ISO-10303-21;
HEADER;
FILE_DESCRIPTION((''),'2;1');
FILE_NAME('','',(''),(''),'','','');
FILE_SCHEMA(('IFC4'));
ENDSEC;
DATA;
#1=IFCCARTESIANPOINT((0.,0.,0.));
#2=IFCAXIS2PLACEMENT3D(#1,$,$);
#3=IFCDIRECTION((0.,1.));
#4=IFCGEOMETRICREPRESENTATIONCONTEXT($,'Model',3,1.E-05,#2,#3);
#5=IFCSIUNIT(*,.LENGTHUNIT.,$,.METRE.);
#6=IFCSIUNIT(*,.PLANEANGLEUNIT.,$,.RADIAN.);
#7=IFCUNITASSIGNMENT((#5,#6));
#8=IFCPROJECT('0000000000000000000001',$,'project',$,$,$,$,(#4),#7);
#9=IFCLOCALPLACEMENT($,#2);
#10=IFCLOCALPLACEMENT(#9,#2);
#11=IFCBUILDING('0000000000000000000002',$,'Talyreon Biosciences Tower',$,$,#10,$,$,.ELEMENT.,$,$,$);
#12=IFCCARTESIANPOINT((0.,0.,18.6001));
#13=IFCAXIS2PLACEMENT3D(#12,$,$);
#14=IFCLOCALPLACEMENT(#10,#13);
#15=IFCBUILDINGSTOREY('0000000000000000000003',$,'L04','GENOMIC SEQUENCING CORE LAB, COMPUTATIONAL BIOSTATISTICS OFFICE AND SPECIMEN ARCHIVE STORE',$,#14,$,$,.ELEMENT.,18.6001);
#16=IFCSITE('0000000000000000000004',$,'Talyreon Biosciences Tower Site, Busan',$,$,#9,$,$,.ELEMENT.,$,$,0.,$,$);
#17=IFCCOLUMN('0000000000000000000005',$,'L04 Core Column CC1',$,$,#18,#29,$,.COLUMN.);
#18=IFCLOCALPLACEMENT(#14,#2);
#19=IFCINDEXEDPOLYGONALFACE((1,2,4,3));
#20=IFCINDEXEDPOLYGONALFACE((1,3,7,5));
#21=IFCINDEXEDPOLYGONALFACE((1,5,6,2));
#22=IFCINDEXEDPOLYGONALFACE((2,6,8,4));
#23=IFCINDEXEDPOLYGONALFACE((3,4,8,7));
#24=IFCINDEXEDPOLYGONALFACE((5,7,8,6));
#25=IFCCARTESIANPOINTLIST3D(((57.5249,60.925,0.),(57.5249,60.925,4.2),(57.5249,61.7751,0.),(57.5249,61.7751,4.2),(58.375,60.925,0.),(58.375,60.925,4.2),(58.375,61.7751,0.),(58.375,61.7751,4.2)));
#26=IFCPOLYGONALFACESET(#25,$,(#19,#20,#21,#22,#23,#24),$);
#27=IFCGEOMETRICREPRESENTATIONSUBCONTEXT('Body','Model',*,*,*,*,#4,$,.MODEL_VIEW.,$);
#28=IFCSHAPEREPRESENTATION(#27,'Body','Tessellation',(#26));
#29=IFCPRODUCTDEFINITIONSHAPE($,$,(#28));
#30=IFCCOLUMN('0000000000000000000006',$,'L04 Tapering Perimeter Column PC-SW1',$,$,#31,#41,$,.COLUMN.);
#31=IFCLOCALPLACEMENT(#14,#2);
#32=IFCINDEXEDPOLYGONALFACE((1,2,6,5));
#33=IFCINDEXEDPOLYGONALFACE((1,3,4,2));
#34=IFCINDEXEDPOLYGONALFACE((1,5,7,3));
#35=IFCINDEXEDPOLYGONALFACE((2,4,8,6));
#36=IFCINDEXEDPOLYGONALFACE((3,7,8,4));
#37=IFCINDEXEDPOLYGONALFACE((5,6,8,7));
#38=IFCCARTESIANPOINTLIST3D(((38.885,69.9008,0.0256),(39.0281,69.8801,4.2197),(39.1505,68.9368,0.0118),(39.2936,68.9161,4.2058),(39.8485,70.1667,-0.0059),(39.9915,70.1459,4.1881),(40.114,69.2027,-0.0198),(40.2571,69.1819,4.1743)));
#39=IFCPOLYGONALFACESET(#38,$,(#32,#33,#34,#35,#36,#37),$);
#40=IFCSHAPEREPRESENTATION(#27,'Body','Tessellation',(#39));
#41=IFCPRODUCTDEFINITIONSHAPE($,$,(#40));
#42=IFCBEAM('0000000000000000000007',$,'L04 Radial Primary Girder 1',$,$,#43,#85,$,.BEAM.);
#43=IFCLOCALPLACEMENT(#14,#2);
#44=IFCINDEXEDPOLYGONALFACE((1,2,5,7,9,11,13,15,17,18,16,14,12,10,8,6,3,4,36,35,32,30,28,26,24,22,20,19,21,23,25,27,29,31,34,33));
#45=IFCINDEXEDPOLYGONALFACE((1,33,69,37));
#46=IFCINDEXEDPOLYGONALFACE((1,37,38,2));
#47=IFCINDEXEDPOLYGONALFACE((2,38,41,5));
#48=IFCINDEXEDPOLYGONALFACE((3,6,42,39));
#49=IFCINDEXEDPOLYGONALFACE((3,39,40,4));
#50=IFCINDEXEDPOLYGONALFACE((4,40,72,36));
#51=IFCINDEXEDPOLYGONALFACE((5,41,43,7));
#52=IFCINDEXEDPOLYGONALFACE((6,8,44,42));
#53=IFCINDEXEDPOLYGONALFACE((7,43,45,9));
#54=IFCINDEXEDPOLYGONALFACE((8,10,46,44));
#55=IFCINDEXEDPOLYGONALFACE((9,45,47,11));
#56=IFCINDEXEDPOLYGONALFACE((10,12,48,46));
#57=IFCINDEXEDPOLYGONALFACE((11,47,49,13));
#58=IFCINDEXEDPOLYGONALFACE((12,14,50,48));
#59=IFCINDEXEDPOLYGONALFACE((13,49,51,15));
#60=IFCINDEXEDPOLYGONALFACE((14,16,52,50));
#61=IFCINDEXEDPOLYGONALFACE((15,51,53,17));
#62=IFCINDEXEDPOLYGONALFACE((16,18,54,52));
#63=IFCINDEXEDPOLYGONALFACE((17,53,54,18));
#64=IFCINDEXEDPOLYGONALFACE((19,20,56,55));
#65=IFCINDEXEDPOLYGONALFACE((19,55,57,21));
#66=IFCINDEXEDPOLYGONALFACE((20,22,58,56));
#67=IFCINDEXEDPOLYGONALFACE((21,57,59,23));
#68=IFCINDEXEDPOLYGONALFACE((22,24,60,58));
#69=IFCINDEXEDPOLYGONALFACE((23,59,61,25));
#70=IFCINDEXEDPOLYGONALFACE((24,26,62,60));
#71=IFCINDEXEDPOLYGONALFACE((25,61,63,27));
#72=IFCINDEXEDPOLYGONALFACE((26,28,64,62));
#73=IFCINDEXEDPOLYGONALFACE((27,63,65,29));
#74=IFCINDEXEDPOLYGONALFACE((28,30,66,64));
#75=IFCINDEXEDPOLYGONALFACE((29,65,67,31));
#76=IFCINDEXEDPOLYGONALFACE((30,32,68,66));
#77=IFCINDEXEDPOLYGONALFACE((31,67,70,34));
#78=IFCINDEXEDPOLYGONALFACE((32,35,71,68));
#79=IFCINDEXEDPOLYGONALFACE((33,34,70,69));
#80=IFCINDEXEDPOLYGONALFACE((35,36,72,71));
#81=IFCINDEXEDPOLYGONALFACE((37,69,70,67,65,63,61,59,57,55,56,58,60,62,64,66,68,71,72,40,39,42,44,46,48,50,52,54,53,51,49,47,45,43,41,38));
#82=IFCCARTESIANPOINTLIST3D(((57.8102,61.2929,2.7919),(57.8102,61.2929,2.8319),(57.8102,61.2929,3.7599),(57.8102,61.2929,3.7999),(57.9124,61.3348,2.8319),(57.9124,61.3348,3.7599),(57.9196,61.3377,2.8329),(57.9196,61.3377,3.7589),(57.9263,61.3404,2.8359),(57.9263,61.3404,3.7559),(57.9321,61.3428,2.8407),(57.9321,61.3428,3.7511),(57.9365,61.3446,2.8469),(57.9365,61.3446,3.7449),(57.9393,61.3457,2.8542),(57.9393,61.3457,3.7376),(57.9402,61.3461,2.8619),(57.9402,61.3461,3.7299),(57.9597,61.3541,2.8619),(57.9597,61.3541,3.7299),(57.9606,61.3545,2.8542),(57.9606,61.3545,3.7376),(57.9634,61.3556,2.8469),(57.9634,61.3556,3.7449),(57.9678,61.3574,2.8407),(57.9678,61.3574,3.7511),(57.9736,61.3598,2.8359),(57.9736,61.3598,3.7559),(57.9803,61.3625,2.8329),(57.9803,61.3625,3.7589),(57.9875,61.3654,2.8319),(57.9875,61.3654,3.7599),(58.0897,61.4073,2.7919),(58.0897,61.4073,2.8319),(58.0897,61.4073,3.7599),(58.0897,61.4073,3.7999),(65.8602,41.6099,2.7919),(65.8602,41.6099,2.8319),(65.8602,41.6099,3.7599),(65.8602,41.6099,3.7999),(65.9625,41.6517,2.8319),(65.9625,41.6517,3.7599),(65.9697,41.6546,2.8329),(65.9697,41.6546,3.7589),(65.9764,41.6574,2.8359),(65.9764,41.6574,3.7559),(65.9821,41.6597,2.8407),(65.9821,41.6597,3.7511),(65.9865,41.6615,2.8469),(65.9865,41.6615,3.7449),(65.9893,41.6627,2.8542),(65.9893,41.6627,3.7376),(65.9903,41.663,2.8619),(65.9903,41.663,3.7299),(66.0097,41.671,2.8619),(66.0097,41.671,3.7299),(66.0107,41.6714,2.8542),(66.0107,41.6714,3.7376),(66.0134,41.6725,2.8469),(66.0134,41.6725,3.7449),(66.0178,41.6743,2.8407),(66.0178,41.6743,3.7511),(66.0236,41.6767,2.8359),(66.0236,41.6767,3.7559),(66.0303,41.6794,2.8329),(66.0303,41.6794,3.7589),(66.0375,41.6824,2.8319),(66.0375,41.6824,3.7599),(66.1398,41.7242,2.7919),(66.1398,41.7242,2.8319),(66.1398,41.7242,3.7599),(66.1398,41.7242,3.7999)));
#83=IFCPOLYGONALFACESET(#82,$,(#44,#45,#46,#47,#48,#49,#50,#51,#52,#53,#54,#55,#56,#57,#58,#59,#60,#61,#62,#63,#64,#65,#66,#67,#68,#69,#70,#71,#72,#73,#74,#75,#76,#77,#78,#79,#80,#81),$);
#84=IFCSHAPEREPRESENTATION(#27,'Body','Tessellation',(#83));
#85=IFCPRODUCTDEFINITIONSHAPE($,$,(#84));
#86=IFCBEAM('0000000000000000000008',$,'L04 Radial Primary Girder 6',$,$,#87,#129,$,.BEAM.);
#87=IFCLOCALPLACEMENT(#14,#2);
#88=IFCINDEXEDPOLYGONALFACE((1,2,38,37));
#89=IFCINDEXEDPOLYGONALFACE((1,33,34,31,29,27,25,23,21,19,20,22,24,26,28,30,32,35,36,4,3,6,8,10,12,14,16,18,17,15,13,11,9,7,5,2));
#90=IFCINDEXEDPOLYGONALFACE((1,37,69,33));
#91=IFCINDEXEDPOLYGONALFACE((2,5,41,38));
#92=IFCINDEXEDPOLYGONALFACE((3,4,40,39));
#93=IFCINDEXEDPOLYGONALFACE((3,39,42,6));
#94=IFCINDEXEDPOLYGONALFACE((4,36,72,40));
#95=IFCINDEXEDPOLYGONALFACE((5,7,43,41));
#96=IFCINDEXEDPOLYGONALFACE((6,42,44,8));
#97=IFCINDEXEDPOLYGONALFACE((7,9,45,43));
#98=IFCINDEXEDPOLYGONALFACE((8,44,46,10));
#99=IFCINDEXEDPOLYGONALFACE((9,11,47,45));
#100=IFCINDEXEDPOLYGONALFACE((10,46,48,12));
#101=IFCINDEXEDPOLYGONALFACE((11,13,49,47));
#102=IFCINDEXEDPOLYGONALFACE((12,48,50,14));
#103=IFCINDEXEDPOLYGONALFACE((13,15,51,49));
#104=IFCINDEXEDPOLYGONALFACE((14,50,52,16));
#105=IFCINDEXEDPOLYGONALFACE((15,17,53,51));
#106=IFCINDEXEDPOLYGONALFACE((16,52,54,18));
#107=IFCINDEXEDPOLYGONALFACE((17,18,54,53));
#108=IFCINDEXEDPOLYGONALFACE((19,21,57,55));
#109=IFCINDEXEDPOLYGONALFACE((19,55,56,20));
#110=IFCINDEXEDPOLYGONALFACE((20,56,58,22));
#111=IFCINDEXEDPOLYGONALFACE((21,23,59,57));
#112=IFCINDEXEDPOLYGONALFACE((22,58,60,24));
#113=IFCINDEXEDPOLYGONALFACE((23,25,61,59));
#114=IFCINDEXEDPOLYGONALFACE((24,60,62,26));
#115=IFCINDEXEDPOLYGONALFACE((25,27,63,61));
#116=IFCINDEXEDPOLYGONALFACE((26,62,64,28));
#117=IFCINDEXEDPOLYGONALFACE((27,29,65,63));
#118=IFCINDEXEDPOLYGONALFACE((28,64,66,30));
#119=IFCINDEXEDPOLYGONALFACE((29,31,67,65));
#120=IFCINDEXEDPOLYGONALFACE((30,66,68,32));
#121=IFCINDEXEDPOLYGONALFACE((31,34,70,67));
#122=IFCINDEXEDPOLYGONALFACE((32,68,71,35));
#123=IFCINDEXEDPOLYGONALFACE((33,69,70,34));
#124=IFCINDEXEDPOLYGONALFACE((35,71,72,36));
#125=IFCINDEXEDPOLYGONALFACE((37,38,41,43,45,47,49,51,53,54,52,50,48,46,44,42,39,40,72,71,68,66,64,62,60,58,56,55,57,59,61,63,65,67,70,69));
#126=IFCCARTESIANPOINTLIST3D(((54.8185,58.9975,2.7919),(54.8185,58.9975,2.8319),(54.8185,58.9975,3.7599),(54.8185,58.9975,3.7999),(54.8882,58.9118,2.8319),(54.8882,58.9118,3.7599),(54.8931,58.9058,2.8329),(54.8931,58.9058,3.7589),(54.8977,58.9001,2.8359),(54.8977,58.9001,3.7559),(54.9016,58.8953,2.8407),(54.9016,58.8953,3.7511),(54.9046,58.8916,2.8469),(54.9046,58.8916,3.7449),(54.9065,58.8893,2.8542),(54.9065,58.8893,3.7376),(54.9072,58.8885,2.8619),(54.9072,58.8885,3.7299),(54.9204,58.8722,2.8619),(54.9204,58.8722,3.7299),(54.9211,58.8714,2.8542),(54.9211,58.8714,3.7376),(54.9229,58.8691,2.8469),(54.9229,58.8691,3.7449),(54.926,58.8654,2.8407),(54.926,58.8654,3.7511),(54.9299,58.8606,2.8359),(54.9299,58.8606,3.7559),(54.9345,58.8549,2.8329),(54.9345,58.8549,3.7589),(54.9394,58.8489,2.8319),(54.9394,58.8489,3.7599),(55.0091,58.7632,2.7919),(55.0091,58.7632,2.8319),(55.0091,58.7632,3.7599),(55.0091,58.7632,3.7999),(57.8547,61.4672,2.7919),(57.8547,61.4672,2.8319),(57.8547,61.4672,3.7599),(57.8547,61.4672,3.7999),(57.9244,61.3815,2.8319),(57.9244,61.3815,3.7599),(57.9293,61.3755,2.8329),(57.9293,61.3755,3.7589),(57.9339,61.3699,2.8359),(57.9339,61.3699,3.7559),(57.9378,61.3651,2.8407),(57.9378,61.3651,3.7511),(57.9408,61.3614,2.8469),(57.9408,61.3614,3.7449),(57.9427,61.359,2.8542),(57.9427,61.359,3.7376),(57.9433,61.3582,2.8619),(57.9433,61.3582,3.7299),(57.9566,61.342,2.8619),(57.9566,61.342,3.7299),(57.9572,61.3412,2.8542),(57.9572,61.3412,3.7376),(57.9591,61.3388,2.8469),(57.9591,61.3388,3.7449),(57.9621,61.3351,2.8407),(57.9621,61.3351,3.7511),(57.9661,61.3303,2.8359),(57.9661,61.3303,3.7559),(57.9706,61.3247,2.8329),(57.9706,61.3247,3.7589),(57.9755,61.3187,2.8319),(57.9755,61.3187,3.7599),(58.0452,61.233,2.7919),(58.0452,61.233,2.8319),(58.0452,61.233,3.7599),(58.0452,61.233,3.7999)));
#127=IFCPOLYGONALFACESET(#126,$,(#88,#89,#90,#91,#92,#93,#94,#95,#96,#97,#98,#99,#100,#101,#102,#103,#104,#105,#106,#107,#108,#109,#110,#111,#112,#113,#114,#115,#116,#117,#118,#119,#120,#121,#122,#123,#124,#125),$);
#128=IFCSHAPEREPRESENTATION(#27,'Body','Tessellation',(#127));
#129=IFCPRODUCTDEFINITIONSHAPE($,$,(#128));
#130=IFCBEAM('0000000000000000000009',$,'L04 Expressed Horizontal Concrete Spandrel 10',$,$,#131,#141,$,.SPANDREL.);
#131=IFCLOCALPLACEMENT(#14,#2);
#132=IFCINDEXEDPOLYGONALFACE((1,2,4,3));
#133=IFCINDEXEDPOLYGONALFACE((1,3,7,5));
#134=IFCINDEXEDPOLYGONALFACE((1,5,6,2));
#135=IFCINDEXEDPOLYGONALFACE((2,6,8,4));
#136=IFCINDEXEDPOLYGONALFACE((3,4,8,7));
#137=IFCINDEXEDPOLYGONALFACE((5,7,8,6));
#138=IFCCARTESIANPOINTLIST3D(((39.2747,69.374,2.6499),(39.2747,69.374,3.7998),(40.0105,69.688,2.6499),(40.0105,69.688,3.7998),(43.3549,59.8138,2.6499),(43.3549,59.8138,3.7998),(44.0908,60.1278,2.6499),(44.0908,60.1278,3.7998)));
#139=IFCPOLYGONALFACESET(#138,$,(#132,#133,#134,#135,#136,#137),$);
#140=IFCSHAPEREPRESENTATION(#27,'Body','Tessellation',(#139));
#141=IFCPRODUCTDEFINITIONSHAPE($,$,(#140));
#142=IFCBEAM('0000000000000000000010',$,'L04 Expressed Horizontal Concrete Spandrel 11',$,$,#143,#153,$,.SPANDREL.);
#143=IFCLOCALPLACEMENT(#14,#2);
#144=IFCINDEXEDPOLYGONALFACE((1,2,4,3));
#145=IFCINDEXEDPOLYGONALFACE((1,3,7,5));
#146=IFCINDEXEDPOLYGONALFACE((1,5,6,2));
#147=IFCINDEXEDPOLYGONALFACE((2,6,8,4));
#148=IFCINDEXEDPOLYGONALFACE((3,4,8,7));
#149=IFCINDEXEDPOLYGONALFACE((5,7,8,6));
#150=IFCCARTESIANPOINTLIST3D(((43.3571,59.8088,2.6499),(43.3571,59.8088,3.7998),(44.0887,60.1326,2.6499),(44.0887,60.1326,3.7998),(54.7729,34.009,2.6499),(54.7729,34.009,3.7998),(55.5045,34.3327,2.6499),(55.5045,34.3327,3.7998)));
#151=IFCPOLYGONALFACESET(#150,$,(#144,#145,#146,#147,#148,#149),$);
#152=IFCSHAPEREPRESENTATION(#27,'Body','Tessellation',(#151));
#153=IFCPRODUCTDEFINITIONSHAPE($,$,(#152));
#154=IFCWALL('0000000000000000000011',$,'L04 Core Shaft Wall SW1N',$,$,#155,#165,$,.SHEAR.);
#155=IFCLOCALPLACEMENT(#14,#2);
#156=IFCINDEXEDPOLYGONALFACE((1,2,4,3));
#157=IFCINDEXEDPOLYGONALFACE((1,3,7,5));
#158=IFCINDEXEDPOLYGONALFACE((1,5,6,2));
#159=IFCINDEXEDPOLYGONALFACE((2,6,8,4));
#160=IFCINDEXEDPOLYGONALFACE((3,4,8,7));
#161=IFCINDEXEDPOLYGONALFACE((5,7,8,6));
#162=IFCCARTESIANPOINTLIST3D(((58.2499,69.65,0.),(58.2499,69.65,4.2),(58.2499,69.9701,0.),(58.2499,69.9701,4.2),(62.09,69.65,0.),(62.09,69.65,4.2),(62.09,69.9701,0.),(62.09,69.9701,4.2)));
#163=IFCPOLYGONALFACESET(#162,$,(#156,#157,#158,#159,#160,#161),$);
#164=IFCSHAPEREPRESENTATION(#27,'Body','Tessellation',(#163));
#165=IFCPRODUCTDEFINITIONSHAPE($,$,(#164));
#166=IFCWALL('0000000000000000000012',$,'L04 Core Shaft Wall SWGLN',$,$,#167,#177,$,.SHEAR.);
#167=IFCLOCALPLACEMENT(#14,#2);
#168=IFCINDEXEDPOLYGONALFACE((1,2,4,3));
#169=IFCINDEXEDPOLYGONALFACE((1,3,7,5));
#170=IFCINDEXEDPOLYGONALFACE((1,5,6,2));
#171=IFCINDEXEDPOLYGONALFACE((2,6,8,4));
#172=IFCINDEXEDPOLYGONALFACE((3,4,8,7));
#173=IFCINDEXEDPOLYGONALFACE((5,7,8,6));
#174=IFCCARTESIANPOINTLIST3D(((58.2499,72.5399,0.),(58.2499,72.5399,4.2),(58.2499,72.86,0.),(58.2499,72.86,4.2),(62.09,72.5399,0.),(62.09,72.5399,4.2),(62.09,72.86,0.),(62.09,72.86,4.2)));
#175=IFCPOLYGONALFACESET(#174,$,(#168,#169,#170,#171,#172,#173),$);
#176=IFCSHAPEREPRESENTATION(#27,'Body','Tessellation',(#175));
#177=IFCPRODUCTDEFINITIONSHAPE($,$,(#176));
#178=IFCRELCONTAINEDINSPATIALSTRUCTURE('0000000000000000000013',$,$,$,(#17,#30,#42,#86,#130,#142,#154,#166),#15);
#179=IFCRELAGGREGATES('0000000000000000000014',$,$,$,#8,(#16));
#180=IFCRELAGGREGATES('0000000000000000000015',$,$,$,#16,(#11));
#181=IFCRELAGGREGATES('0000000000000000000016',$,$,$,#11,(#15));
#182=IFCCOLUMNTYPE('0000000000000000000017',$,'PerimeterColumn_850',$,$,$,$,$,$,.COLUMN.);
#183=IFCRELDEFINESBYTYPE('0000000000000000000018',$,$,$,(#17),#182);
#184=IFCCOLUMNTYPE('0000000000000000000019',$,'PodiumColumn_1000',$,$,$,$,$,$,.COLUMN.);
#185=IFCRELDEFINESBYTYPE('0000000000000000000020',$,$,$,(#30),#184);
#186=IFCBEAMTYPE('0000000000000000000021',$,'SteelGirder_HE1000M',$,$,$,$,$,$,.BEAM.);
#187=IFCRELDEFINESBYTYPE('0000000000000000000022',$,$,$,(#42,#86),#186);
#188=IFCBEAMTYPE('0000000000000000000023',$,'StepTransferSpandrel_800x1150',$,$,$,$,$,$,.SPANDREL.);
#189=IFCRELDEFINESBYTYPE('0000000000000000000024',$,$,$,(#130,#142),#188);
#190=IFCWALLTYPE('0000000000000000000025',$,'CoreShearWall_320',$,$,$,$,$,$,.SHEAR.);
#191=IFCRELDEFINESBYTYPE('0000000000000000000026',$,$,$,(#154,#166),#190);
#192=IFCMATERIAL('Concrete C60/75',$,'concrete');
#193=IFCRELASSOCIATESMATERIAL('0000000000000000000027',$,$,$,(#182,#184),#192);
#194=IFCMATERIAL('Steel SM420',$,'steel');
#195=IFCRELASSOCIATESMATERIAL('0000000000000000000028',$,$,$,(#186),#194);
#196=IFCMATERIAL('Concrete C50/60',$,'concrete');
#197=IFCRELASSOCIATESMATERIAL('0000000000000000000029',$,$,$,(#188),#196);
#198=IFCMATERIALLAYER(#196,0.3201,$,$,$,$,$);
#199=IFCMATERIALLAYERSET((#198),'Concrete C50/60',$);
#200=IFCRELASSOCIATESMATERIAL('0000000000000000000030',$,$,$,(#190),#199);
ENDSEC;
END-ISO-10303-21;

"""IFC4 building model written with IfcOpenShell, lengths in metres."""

from ifc_helpers import new_model, si_unit, direction, frame, frame_2d, origin, origin_2d, place, context, subcontext, project, spatial, rectangle, i_section, extrude, material, layer, layer_set, material_profile, profile_set, type_object, element, save


model = new_model("IFC4")

# Units and contexts
model_context = context("Model", 3, precision=1e-05, world=origin(), true_north=direction((0.0, 1.0)))
body_context = subcontext(model_context, "Body", "Model", "MODEL_VIEW")
ifc_project = project(units=[si_unit("LENGTHUNIT", "METRE"), si_unit("PLANEANGLEUNIT", "RADIAN")], contexts=[model_context])

# Site, building, storey
site_placement = place(None, origin())
site = spatial("IfcSite", under=ifc_project, at=site_placement, Name="Talyreon Biosciences Tower Site, Busan", CompositionType="ELEMENT", RefElevation=0.0)
building_placement = place(site_placement, origin())
building = spatial("IfcBuilding", under=site, at=building_placement, Name="Talyreon Biosciences Tower", CompositionType="ELEMENT")
storey_placement = place(building_placement, frame((0.0, 0.0, 18.6001)))
storey = spatial("IfcBuildingStorey", under=building, at=storey_placement, Name="L04", Description="GENOMIC SEQUENCING CORE LAB, COMPUTATIONAL BIOSTATISTICS OFFICE AND SPECIMEN ARCHIVE STORE", CompositionType="ELEMENT", Elevation=18.6001)

# Columns
ifc_material_1 = material(Name="Concrete C60/75", Category="concrete")
ifc_material_profile_1 = material_profile(ifc_material_1, rectangle(XDim=0.8501, YDim=0.8501, at=origin_2d()), Name="RC 850x850")
ifc_profile_set_1 = profile_set([ifc_material_profile_1], Name="Concrete C60/75")
column_type_1 = type_object("IfcColumnType", Name="PerimeterColumn_850", PredefinedType="COLUMN", material=ifc_profile_set_1)
column_1_placement = place(storey_placement, frame((57.95, 61.3501, 0.0), z_axis=(0.0, 0.0, 1.0), x_axis=(1.0, 0.0, 0.0)))
element("IfcColumn", 1, at=column_1_placement, inside=storey, type_object=column_type_1, Name="L04 Core Column CC1", PredefinedType="COLUMN", context=body_context, shape_type="SweptSolid", body=[
    extrude(rectangle(XDim=0.8501, YDim=0.8501, at=origin_2d()), origin(), (0.0, 0.0, 1.0), 4.2),
])
ifc_material_profile_2 = material_profile(ifc_material_1, rectangle(XDim=1.0, YDim=1.0, at=origin_2d()), Name="RC 1000x1000")
ifc_profile_set_2 = profile_set([ifc_material_profile_2], Name="Concrete C60/75")
column_type_2 = type_object("IfcColumnType", Name="PodiumColumn_1000", PredefinedType="COLUMN", material=ifc_profile_set_2)
column_2_placement = place(storey_placement, frame((39.4995, 69.5518, 0.0029), z_axis=(0.034091, -0.004945, 0.999406), x_axis=(0.963494, 0.265865, -0.031551)))
element("IfcColumn", 2, at=column_2_placement, inside=storey, type_object=column_type_2, Name="L04 Tapering Perimeter Column PC-SW1", PredefinedType="COLUMN", context=body_context, shape_type="SweptSolid", body=[
    extrude(rectangle(XDim=1.0, YDim=1.0, at=origin_2d()), origin(), (0.0, 0.0, 1.0), 4.1965),
])

# Beams
ifc_material_2 = material(Name="Steel SM420", Category="steel")
ifc_material_profile_3 = material_profile(ifc_material_2, i_section(OverallWidth=0.302, OverallDepth=1.0081, WebThickness=0.021, FlangeThickness=0.04, FilletRadius=0.03, at=origin_2d()), Name="HE1000M")
ifc_profile_set_3 = profile_set([ifc_material_profile_3], Name="Steel SM420")
beam_type_1 = type_object("IfcBeamType", Name="SteelGirder_HE1000M", PredefinedType="BEAM", material=ifc_profile_set_3)
beam_1_placement = place(storey_placement, frame((57.95, 61.3501, 3.2959), z_axis=(0.378547, -0.925582, 0.0), x_axis=(0.925582, 0.378547, 0.0)))
element("IfcBeam", 3, at=beam_1_placement, inside=storey, type_object=beam_type_1, Name="L04 Radial Primary Girder 1", PredefinedType="BEAM", context=body_context, shape_type="SweptSolid", body=[
    extrude(i_section(OverallWidth=0.302, OverallDepth=1.0081, WebThickness=0.021, FlangeThickness=0.04, FilletRadius=0.03, at=origin_2d()), origin(), (0.0, 0.0, 1.0), 21.2656),
])
beam_2_placement = place(storey_placement, frame((57.95, 61.3501, 3.2959), z_axis=(-0.775755, -0.631034, 0.0), x_axis=(0.631034, -0.775755, 0.0)))
element("IfcBeam", 4, at=beam_2_placement, inside=storey, type_object=beam_type_1, Name="L04 Radial Primary Girder 6", PredefinedType="BEAM", context=body_context, shape_type="SweptSolid", body=[
    extrude(i_section(OverallWidth=0.302, OverallDepth=1.0081, WebThickness=0.021, FlangeThickness=0.04, FilletRadius=0.03, at=origin_2d()), origin(), (0.0, 0.0, 1.0), 3.9138),
])
ifc_material_3 = material(Name="Concrete C50/60", Category="concrete")
ifc_material_profile_4 = material_profile(ifc_material_3, rectangle(XDim=0.8, YDim=1.1499, at=origin_2d()), Name="RCB 800x1150")
ifc_profile_set_4 = profile_set([ifc_material_profile_4], Name="Concrete C50/60")
beam_type_2 = type_object("IfcBeamType", Name="StepTransferSpandrel_800x1150", PredefinedType="SPANDREL", material=ifc_profile_set_4)
beam_3_placement = place(storey_placement, frame((39.6426, 69.531, 3.2249), z_axis=(0.392541, -0.919734, 0.0), x_axis=(0.919734, 0.392541, 0.0)))
element("IfcBeam", 5, at=beam_3_placement, inside=storey, type_object=beam_type_2, Name="L04 Expressed Horizontal Concrete Spandrel 10", PredefinedType="SPANDREL", context=body_context, shape_type="SweptSolid", body=[
    extrude(rectangle(XDim=0.8, YDim=1.1499, at=origin_2d()), origin(), (0.0, 0.0, 1.0), 10.3945),
])
beam_4_placement = place(storey_placement, frame((43.7229, 59.9707, 3.2249), z_axis=(0.404634, -0.914479, 0.0), x_axis=(0.914479, 0.404634, 0.0)))
element("IfcBeam", 6, at=beam_4_placement, inside=storey, type_object=beam_type_2, Name="L04 Expressed Horizontal Concrete Spandrel 11", PredefinedType="SPANDREL", context=body_context, shape_type="SweptSolid", body=[
    extrude(rectangle(XDim=0.8, YDim=1.1499, at=origin_2d()), origin(), (0.0, 0.0, 1.0), 28.2126),
])

# Walls
ifc_layer_1 = layer(ifc_material_3, 0.3201)
ifc_layer_set_1 = layer_set([ifc_layer_1], Name="Concrete C50/60")
wall_type_1 = type_object("IfcWallType", Name="CoreShearWall_320", PredefinedType="SHEAR", material=ifc_layer_set_1)
for number, where, z_axis, x_axis, name in (
    (7, (58.25, 69.8101, 0.0), (0.0, 0.0, 1.0), (1.0, 0.0, 0.0), "L04 Core Shaft Wall SW1N"),
    (8, (58.25, 72.7, 0.0), (0.0, 0.0, 1.0), (1.0, 0.0, 0.0), "L04 Core Shaft Wall SWGLN"),
):
    element("IfcWall", number, at=place(storey_placement, frame(where, z_axis=z_axis, x_axis=x_axis)), inside=storey, type_object=wall_type_1, Name=name, PredefinedType="SHEAR", context=body_context, shape_type="SweptSolid", body=[
        extrude(rectangle(XDim=3.8401, YDim=0.3201, at=frame_2d((1.9199, 0.0))), origin(), (0.0, 0.0, 1.0), 4.2),
    ])

save(model, "model.ifc")
